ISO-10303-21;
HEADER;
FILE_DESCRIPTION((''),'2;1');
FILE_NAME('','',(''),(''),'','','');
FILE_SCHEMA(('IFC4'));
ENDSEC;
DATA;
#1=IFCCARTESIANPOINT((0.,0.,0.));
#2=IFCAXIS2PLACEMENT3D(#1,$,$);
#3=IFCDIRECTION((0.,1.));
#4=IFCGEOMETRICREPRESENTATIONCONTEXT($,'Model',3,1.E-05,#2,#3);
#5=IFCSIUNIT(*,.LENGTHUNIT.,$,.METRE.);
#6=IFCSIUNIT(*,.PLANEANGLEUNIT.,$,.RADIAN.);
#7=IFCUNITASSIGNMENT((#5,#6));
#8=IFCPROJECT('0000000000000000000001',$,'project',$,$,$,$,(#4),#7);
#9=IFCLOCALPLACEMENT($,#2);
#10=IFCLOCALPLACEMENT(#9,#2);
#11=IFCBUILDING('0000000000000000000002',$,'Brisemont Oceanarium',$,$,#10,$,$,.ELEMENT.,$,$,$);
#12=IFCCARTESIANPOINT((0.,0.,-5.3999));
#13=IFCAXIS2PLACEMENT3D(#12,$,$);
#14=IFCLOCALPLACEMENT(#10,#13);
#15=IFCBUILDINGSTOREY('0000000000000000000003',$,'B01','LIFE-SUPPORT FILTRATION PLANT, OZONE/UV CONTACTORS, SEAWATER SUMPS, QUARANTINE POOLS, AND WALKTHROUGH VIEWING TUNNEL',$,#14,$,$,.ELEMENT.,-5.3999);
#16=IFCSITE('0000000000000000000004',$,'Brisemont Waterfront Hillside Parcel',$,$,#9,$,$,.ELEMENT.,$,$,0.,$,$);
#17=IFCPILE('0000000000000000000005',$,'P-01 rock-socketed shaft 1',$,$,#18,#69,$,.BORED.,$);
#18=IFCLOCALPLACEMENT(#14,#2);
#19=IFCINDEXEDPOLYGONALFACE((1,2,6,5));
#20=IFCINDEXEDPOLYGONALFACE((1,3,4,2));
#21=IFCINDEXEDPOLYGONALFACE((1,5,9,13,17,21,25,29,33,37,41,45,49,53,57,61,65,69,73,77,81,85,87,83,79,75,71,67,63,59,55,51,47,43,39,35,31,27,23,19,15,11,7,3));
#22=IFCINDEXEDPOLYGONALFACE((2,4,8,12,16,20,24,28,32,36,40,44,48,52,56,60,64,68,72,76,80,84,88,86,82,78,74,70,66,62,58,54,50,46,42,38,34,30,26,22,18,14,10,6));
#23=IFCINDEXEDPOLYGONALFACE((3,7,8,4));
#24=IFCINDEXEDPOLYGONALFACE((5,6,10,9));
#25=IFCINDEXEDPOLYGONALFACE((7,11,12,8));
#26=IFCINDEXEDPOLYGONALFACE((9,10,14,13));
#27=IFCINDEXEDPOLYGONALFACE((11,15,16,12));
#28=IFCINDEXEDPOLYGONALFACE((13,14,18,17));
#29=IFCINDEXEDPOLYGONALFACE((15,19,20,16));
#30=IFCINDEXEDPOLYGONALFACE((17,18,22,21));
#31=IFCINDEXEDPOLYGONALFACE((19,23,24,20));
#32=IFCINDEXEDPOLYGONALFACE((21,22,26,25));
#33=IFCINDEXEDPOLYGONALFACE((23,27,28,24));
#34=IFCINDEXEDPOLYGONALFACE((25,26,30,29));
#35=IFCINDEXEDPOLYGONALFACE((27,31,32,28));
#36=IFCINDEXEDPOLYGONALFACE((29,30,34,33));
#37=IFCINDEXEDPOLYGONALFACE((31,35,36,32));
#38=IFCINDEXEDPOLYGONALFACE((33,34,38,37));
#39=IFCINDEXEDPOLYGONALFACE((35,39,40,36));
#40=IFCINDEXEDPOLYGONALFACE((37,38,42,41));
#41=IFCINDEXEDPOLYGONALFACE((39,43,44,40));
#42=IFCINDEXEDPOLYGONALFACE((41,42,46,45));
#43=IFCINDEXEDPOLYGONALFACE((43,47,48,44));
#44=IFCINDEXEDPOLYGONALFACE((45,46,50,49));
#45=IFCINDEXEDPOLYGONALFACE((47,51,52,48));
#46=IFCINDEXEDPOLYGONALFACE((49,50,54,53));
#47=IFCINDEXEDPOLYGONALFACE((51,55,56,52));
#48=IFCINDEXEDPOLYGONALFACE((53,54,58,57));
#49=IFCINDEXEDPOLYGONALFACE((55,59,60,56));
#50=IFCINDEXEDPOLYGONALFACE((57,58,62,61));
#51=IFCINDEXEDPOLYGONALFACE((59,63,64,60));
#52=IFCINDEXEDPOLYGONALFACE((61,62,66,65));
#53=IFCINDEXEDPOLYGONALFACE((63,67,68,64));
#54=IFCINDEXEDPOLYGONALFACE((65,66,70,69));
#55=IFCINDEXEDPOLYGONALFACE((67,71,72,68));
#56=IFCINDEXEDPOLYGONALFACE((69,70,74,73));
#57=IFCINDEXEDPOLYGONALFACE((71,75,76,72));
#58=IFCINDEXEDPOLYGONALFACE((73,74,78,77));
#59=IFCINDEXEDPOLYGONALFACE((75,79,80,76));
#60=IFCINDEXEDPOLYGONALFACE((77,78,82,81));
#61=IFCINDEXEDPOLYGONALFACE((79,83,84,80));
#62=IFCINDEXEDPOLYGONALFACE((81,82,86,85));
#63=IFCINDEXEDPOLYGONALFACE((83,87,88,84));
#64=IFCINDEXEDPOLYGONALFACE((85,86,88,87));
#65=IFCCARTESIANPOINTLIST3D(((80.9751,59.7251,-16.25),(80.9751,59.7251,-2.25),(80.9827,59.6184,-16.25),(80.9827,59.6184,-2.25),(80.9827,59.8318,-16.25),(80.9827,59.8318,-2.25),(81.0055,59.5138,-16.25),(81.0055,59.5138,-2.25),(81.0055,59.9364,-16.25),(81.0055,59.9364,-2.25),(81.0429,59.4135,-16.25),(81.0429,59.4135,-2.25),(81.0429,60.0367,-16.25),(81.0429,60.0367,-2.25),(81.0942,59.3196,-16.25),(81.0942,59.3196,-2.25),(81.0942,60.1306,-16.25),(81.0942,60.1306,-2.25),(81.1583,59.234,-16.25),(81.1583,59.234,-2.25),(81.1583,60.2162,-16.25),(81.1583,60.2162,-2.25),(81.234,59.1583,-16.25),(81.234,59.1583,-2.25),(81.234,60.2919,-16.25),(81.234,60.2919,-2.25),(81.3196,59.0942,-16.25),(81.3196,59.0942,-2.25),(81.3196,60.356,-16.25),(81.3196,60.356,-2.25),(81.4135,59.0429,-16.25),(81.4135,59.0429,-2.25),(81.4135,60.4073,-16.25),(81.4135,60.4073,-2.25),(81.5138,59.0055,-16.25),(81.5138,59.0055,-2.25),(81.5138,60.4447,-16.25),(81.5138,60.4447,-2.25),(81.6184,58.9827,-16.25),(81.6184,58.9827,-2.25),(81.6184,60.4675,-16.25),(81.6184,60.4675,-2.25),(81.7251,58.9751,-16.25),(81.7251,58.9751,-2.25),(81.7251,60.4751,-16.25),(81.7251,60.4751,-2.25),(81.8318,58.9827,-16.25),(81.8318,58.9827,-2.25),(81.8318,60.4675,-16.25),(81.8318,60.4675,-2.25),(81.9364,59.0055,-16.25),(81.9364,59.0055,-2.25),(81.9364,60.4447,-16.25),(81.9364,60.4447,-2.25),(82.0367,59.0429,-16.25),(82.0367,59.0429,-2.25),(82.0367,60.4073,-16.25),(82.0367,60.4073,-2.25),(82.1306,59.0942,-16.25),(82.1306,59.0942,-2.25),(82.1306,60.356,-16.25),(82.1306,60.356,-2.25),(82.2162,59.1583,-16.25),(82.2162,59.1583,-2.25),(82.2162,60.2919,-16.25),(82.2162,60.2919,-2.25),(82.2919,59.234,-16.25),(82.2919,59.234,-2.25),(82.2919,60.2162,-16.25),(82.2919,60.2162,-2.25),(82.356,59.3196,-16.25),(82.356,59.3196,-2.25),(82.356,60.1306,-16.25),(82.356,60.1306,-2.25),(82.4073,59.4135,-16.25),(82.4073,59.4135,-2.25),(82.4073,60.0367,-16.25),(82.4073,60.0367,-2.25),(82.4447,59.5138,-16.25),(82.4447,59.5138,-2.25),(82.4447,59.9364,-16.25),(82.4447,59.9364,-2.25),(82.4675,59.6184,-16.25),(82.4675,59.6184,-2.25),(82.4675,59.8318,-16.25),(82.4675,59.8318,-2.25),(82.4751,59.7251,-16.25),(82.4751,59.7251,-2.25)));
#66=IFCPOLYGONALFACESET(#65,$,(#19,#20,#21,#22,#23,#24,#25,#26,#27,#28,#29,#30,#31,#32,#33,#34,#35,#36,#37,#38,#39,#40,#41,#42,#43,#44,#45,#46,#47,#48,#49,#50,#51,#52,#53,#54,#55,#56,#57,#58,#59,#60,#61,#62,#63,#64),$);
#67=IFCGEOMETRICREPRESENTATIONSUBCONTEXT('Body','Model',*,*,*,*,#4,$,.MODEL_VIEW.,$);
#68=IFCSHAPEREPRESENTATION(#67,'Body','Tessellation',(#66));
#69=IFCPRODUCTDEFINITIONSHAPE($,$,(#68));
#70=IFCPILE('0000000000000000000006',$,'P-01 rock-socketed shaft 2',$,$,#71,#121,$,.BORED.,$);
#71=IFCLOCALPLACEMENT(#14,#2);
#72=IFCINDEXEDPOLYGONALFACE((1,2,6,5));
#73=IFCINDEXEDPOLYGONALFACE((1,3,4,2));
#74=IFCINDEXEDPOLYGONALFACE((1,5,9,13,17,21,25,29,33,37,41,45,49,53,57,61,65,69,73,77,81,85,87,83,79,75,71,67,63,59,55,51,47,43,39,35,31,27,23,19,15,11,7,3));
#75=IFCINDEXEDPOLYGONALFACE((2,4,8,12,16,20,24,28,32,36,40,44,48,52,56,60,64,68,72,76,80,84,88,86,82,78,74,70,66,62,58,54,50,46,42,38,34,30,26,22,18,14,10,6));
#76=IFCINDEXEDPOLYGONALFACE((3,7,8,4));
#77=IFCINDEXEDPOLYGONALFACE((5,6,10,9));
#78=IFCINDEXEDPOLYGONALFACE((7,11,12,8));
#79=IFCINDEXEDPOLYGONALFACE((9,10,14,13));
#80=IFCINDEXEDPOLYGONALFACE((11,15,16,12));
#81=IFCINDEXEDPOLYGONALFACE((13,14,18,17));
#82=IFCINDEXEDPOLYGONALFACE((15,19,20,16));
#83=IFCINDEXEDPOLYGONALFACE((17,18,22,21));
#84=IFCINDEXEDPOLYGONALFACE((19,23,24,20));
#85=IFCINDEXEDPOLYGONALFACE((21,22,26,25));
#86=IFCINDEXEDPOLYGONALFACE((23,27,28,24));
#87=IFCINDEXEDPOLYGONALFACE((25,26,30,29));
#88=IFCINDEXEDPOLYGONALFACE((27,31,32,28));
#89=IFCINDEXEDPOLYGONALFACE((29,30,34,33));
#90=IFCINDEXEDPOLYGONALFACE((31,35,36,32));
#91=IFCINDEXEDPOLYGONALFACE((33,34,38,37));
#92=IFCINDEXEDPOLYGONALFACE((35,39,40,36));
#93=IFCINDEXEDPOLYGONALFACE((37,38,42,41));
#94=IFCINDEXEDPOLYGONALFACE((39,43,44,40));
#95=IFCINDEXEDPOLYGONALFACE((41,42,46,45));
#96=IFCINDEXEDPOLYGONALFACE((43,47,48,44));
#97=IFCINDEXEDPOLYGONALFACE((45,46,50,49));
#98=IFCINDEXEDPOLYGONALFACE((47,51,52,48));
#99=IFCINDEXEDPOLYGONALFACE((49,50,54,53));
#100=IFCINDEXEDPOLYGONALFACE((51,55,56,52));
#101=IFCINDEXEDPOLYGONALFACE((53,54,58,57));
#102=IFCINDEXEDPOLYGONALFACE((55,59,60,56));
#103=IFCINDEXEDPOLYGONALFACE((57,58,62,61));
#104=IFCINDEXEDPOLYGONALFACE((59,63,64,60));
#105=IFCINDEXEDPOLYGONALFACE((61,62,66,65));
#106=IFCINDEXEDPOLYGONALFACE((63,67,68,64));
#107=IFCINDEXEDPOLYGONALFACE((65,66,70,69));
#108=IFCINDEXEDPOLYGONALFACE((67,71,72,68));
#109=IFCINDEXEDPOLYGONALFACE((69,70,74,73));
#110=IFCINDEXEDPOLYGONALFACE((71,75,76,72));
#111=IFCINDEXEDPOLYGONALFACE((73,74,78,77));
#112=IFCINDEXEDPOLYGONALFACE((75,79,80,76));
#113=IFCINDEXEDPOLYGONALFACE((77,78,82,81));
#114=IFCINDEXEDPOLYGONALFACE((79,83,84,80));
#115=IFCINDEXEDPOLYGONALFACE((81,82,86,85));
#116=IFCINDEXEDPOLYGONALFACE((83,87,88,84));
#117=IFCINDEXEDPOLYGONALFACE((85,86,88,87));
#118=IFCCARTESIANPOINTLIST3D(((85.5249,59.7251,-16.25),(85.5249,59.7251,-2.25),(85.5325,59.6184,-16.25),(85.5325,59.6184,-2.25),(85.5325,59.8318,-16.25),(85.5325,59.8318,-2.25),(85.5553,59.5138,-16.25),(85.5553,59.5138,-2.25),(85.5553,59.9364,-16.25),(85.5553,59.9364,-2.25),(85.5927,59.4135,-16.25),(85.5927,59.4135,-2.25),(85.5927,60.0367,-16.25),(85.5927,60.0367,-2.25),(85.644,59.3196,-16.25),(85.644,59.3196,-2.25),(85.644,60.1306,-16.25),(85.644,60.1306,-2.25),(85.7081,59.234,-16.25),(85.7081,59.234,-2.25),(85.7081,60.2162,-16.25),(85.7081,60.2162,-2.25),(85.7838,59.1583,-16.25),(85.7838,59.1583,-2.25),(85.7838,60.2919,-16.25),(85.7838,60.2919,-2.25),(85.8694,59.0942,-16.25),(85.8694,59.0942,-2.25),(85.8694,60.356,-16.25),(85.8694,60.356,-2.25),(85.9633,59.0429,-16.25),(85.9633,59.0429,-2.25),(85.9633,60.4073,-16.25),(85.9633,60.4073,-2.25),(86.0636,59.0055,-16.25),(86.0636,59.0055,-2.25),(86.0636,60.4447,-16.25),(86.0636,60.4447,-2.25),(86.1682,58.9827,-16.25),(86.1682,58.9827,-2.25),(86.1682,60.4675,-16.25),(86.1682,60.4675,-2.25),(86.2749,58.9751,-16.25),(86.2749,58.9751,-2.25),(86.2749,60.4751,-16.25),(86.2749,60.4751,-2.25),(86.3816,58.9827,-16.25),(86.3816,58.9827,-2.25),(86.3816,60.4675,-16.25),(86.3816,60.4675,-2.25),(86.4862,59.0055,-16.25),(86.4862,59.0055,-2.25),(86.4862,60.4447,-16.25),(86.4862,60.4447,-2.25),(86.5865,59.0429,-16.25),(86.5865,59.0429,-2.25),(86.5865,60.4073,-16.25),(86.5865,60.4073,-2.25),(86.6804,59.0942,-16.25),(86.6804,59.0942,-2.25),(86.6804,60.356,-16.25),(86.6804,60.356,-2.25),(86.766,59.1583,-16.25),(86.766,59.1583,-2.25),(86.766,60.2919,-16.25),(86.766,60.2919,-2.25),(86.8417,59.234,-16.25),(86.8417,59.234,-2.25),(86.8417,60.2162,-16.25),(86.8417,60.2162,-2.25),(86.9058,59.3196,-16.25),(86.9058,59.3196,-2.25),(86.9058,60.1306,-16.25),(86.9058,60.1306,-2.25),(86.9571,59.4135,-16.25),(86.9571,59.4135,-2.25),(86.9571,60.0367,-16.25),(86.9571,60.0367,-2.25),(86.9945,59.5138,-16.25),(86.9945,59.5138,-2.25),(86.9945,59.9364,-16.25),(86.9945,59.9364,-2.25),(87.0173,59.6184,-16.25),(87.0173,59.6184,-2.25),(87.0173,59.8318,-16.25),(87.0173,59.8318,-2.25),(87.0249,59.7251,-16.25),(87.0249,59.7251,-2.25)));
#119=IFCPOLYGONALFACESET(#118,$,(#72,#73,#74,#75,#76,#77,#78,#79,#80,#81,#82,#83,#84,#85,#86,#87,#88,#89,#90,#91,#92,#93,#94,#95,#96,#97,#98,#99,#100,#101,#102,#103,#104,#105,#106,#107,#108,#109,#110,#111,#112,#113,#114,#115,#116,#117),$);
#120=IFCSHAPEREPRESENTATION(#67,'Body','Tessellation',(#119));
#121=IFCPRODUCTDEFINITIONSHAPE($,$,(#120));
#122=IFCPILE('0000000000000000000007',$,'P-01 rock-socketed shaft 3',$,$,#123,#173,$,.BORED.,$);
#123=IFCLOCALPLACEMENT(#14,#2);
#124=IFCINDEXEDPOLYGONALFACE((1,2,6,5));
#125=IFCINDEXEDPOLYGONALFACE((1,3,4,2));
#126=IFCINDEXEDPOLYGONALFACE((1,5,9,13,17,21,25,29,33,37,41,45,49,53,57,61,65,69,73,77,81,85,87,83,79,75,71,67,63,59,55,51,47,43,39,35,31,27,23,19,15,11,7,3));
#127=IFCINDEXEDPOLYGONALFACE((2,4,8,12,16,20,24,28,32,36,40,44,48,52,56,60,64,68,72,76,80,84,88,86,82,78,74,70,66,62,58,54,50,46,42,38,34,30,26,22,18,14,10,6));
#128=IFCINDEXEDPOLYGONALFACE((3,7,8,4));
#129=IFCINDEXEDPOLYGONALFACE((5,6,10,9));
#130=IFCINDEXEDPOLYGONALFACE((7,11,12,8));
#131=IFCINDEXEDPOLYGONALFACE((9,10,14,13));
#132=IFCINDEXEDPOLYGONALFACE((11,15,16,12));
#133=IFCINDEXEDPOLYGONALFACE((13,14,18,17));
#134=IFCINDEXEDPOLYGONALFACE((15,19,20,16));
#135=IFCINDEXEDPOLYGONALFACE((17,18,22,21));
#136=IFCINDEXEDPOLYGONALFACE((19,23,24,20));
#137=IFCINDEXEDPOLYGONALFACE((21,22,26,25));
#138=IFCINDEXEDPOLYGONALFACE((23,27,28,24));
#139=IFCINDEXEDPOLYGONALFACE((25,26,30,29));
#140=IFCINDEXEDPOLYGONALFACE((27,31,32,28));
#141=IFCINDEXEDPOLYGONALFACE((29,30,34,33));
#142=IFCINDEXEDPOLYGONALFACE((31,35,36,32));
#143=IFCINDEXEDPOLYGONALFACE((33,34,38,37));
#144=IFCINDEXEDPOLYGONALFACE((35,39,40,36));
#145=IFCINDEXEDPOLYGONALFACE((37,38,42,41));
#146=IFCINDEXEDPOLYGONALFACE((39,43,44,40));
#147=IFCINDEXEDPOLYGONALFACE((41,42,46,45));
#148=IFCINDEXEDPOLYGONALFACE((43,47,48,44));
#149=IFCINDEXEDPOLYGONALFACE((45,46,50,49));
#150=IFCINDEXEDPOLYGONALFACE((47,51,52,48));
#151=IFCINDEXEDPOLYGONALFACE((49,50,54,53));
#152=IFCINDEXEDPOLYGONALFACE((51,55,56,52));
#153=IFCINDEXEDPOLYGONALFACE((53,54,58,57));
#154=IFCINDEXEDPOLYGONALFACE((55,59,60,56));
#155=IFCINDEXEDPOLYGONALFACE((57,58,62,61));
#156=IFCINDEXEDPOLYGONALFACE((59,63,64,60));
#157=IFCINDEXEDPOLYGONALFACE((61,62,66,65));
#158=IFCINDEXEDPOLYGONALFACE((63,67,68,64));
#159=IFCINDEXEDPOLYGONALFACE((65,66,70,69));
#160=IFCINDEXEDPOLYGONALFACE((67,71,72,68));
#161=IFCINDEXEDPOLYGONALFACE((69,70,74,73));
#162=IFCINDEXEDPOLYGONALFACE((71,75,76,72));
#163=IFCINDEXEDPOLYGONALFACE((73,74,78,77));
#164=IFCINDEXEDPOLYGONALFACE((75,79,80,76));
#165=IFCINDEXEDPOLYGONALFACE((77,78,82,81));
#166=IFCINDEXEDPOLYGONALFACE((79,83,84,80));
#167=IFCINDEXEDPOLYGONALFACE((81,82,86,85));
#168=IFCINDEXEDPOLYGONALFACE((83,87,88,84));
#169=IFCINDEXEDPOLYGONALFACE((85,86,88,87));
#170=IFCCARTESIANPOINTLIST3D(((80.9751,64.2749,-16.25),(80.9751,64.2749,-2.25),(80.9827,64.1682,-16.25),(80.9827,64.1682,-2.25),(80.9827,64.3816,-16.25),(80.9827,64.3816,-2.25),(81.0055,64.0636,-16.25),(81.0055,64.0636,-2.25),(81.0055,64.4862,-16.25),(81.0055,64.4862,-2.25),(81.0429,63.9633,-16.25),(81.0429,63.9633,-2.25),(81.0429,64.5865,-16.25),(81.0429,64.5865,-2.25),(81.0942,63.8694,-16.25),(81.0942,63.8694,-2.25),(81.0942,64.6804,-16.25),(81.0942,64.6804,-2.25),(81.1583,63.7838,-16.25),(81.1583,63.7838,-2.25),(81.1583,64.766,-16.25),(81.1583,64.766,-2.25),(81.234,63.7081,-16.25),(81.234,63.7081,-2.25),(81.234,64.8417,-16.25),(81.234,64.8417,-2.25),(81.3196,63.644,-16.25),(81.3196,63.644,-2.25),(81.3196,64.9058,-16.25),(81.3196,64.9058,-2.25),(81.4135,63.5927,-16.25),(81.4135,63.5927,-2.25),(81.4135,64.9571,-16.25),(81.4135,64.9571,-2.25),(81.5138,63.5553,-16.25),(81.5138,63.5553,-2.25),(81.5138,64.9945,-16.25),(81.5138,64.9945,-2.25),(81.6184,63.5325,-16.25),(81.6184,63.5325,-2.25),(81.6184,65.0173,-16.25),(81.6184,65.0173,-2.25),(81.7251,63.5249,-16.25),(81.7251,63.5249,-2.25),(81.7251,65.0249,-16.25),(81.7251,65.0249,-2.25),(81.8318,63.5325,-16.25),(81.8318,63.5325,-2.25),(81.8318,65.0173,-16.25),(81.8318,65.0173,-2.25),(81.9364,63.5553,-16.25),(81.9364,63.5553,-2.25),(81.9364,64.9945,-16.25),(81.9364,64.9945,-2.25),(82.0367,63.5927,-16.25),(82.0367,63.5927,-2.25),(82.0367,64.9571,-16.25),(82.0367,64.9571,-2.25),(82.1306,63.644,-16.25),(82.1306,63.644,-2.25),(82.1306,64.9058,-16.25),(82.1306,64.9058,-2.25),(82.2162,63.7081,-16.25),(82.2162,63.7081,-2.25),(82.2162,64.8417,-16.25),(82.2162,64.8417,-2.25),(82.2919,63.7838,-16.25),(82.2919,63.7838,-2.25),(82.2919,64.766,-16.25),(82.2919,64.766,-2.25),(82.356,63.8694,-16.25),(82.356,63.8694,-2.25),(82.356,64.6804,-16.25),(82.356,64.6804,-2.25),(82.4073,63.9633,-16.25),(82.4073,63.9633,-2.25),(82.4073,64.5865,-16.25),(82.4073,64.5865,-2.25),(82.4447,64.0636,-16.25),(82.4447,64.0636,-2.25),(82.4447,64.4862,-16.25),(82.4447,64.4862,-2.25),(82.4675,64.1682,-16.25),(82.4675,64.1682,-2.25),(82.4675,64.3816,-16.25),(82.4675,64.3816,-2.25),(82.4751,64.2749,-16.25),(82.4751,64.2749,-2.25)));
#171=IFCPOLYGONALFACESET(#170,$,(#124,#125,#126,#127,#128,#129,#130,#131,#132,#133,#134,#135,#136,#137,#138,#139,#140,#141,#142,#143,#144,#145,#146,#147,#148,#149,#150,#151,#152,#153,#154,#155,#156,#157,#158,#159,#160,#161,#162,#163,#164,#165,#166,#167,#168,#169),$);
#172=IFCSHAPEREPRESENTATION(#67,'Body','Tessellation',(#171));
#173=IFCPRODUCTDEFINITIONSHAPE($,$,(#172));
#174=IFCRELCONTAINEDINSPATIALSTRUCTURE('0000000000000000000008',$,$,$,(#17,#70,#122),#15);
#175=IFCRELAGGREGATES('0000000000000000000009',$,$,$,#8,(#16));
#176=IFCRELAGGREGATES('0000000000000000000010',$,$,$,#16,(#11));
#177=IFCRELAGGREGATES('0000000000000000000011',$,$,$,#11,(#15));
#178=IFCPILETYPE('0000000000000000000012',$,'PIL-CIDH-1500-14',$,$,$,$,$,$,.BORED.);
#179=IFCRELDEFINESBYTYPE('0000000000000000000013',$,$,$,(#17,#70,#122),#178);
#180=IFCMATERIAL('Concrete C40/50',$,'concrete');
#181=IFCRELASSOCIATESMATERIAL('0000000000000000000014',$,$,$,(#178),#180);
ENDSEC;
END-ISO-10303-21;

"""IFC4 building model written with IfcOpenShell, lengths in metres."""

from ifc_helpers import new_model, si_unit, direction, frame, origin, origin_2d, place, context, subcontext, project, spatial, circle, extrude, material, material_profile, profile_set, type_object, element, save


model = new_model("IFC4")

# Units and contexts
model_context = context("Model", 3, precision=1e-05, world=origin(), true_north=direction((0.0, 1.0)))
body_context = subcontext(model_context, "Body", "Model", "MODEL_VIEW")
ifc_project = project(units=[si_unit("LENGTHUNIT", "METRE"), si_unit("PLANEANGLEUNIT", "RADIAN")], contexts=[model_context])

# Site, building, storey
site_placement = place(None, origin())
site = spatial("IfcSite", under=ifc_project, at=site_placement, Name="Brisemont Waterfront Hillside Parcel", CompositionType="ELEMENT", RefElevation=0.0)
building_placement = place(site_placement, origin())
building = spatial("IfcBuilding", under=site, at=building_placement, Name="Brisemont Oceanarium", CompositionType="ELEMENT")
storey_placement = place(building_placement, frame((0.0, 0.0, -5.3999)))
storey = spatial("IfcBuildingStorey", under=building, at=storey_placement, Name="B01", Description="LIFE-SUPPORT FILTRATION PLANT, OZONE/UV CONTACTORS, SEAWATER SUMPS, QUARANTINE POOLS, AND WALKTHROUGH VIEWING TUNNEL", CompositionType="ELEMENT", Elevation=-5.3999)

# Piles
ifc_material_1 = material(Name="Concrete C40/50", Category="concrete")
ifc_material_profile_1 = material_profile(ifc_material_1, circle(Radius=0.75, at=origin_2d()), Name="CIDH-D1500")
ifc_profile_set_1 = profile_set([ifc_material_profile_1], Name="Concrete C40/50")
pile_type_1 = type_object("IfcPileType", Name="PIL-CIDH-1500-14", PredefinedType="BORED", material=ifc_profile_set_1)
for number, where, z_axis, x_axis, name in (
    (1, (81.7251, 59.7251, -2.25), (0.0, 0.0, -1.0), (1.0, 0.0, 0.0), "P-01 rock-socketed shaft 1"),
    (2, (86.2749, 59.7251, -2.25), (0.0, 0.0, -1.0), (1.0, 0.0, 0.0), "P-01 rock-socketed shaft 2"),
    (3, (81.7251, 64.2749, -2.25), (0.0, 0.0, -1.0), (1.0, 0.0, 0.0), "P-01 rock-socketed shaft 3"),
):
    element("IfcPile", number, at=place(storey_placement, frame(where, z_axis=z_axis, x_axis=x_axis)), inside=storey, type_object=pile_type_1, Name=name, PredefinedType="BORED", context=body_context, shape_type="SweptSolid", body=[
        extrude(circle(Radius=0.75, at=origin_2d()), origin(), (0.0, 0.0, 1.0), 14.0),
    ])

save(model, "model.ifc")
